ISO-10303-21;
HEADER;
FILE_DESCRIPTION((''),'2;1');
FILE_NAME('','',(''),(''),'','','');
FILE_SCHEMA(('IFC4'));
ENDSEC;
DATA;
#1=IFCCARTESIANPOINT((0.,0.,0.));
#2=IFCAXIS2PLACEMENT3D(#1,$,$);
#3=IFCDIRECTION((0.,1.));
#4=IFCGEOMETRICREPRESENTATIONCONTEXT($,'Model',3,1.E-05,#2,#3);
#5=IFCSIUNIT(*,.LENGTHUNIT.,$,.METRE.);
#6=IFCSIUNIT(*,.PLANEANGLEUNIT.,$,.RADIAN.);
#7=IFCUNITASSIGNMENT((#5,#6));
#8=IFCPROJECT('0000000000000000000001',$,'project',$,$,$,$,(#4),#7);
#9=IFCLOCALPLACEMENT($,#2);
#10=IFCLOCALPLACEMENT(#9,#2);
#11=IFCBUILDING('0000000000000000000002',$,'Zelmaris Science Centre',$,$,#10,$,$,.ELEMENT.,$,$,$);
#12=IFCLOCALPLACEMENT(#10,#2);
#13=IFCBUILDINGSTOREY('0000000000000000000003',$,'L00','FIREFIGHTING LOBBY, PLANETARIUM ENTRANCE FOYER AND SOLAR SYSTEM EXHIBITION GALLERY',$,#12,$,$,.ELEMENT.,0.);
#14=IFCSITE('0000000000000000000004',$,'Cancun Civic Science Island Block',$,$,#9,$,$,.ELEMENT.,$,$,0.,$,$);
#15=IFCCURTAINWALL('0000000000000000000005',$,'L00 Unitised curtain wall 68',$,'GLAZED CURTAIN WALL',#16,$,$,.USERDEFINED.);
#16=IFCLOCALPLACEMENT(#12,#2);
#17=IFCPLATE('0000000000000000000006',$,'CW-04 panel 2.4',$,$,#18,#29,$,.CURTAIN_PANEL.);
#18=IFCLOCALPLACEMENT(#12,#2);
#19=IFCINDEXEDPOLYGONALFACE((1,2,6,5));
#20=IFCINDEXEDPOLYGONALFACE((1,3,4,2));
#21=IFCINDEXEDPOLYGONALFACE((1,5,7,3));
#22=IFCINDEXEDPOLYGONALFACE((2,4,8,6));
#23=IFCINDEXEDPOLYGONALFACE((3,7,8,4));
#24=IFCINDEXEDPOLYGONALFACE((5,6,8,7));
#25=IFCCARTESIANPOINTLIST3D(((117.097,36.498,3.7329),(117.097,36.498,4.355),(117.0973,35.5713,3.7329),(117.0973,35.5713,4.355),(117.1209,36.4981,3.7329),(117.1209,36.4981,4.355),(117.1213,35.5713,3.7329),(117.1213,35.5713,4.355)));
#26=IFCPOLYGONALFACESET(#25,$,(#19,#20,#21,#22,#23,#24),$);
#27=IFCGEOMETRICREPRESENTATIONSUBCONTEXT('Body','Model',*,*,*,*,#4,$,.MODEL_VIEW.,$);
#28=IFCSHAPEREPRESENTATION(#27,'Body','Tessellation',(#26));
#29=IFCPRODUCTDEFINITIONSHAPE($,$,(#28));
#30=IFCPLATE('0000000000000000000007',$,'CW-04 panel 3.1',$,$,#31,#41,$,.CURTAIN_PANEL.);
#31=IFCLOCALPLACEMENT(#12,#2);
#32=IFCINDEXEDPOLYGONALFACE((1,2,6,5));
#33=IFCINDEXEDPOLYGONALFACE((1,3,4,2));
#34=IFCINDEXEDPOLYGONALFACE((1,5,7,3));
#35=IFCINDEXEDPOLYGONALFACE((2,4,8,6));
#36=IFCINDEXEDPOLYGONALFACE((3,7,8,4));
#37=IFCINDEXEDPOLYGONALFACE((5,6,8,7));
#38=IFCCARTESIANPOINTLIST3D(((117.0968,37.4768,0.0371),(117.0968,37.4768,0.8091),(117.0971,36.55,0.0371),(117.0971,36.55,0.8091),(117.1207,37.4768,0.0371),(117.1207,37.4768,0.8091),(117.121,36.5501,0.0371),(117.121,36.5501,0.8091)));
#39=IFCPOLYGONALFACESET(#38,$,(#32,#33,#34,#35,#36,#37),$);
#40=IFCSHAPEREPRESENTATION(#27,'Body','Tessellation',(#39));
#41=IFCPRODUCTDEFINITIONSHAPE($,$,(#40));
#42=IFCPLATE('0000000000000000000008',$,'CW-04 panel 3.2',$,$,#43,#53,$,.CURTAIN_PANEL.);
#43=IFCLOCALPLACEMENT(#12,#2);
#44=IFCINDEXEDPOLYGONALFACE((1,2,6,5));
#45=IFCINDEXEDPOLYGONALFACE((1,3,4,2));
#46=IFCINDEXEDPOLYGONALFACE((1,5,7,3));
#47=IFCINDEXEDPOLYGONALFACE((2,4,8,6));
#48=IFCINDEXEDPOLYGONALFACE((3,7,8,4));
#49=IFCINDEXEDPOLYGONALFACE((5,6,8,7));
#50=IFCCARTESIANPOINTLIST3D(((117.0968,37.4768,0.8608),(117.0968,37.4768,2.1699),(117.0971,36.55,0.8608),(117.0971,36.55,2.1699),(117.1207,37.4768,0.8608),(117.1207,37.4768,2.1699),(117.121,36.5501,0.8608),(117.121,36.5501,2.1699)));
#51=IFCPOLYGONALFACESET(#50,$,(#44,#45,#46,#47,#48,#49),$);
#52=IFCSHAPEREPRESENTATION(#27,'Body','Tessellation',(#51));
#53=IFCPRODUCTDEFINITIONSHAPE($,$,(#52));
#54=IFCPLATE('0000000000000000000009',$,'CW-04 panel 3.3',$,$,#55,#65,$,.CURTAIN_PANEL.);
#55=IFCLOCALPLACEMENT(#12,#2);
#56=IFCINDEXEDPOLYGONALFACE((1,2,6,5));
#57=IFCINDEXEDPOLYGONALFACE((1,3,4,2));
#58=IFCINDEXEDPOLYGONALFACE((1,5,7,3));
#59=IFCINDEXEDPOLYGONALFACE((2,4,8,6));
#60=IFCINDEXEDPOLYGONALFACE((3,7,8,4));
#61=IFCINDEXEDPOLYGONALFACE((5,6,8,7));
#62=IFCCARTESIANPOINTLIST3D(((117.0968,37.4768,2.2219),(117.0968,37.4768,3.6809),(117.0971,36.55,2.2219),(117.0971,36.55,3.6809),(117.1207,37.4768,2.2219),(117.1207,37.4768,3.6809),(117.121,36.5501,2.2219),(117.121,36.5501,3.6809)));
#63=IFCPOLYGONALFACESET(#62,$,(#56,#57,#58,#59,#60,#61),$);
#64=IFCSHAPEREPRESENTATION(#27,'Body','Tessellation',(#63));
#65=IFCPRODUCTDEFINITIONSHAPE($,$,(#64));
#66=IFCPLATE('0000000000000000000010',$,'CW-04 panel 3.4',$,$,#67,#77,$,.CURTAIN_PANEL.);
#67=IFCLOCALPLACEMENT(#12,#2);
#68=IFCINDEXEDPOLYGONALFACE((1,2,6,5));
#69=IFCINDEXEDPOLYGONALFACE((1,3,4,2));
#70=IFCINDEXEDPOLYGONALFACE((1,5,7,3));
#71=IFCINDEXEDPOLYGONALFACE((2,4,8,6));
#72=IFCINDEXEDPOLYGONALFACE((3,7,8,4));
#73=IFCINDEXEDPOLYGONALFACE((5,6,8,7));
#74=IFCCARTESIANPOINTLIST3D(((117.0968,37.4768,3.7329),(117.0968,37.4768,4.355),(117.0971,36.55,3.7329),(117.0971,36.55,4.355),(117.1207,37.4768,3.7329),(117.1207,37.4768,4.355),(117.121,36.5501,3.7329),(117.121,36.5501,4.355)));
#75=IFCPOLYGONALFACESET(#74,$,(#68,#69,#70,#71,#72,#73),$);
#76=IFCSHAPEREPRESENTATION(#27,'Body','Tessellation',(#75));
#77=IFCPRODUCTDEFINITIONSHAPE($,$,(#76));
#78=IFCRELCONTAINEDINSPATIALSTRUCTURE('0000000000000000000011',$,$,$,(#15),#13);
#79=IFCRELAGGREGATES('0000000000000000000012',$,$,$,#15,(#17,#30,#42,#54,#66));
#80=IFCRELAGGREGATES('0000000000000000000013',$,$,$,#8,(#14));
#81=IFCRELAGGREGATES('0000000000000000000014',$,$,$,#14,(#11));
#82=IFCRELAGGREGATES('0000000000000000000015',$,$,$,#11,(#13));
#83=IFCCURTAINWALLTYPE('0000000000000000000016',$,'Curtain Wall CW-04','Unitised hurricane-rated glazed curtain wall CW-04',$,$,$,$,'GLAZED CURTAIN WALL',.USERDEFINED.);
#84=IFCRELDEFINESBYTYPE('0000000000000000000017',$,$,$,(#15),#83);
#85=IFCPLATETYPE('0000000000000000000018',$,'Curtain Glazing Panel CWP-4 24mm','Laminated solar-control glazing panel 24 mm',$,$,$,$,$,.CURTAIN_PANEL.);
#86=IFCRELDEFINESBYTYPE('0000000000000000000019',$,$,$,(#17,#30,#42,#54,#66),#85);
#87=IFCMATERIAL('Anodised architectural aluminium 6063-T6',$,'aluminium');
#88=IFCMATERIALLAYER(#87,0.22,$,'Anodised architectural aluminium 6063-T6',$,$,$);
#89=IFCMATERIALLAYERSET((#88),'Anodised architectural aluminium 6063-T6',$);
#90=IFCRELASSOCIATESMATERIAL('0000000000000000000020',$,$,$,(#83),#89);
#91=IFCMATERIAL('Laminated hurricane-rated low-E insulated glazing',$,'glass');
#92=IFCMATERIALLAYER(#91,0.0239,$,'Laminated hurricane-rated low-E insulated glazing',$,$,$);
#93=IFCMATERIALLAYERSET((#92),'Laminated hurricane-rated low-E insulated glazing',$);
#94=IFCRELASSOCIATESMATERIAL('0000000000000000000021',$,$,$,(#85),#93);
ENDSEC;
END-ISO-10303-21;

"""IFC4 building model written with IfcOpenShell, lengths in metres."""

from ifc_helpers import new_model, si_unit, direction, frame, origin, origin_2d, place, context, subcontext, project, spatial, rectangle, extrude, material, layer, layer_set, type_object, element, aggregate, save


model = new_model("IFC4")

# Units and contexts
model_context = context("Model", 3, precision=1e-05, world=origin(), true_north=direction((0.0, 1.0)))
body_context = subcontext(model_context, "Body", "Model", "MODEL_VIEW")
ifc_project = project(units=[si_unit("LENGTHUNIT", "METRE"), si_unit("PLANEANGLEUNIT", "RADIAN")], contexts=[model_context])

# Site, building, storey
site_placement = place(None, origin())
site = spatial("IfcSite", under=ifc_project, at=site_placement, Name="Cancun Civic Science Island Block", CompositionType="ELEMENT", RefElevation=0.0)
building_placement = place(site_placement, origin())
building = spatial("IfcBuilding", under=site, at=building_placement, Name="Zelmaris Science Centre", CompositionType="ELEMENT")
storey_placement = place(building_placement, origin())
storey = spatial("IfcBuildingStorey", under=building, at=storey_placement, Name="L00", Description="FIREFIGHTING LOBBY, PLANETARIUM ENTRANCE FOYER AND SOLAR SYSTEM EXHIBITION GALLERY", CompositionType="ELEMENT", Elevation=0.0)

# Curtain wall
ifc_material_1 = material(Name="Anodised architectural aluminium 6063-T6", Category="aluminium")
ifc_layer_1 = layer(ifc_material_1, 0.22, Name="Anodised architectural aluminium 6063-T6")
ifc_layer_set_1 = layer_set([ifc_layer_1], Name="Anodised architectural aluminium 6063-T6")
curtain_wall_type = type_object("IfcCurtainWallType", Name="Curtain Wall CW-04", Description="Unitised hurricane-rated glazed curtain wall CW-04", ElementType="GLAZED CURTAIN WALL", PredefinedType="USERDEFINED", material=ifc_layer_set_1)
curtain_wall_placement = place(storey_placement, origin())
curtain_wall = element("IfcCurtainWall", 1, at=curtain_wall_placement, inside=storey, type_object=curtain_wall_type, Name="L00 Unitised curtain wall 68", ObjectType="GLAZED CURTAIN WALL", PredefinedType="USERDEFINED")

# Plates
ifc_material_2 = material(Name="Laminated hurricane-rated low-E insulated glazing", Category="glass")
ifc_layer_2 = layer(ifc_material_2, 0.0239, Name="Laminated hurricane-rated low-E insulated glazing")
ifc_layer_set_2 = layer_set([ifc_layer_2], Name="Laminated hurricane-rated low-E insulated glazing")
plate_type = type_object("IfcPlateType", Name="Curtain Glazing Panel CWP-4 24mm", Description="Laminated solar-control glazing panel 24 mm", PredefinedType="CURTAIN_PANEL", material=ifc_layer_set_2)
plate_1_placement = place(storey_placement, frame((117.1091, 36.0347, 3.7329), z_axis=(0.0, 0.0, 1.0), x_axis=(-0.000347, 1.0, 0.0)))
plate_1 = element("IfcPlate", 2, at=plate_1_placement, type_object=plate_type, Name="CW-04 panel 2.4", PredefinedType="CURTAIN_PANEL", context=body_context, shape_type="SweptSolid", body=[
    extrude(rectangle(XDim=0.9268, YDim=0.0239, at=origin_2d()), origin(), (0.0, 0.0, 1.0), 0.6221),
])
plate_2_placement = place(storey_placement, frame((117.1089, 37.0134, 0.0371), z_axis=(0.0, 0.0, 1.0), x_axis=(-0.000347, 1.0, 0.0)))
plate_2 = element("IfcPlate", 3, at=plate_2_placement, type_object=plate_type, Name="CW-04 panel 3.1", PredefinedType="CURTAIN_PANEL", context=body_context, shape_type="SweptSolid", body=[
    extrude(rectangle(XDim=0.9268, YDim=0.0239, at=origin_2d()), origin(), (0.0, 0.0, 1.0), 0.772),
])
plate_3_placement = place(storey_placement, frame((117.1089, 37.0134, 0.8608), z_axis=(0.0, 0.0, 1.0), x_axis=(-0.000347, 1.0, 0.0)))
plate_3 = element("IfcPlate", 4, at=plate_3_placement, type_object=plate_type, Name="CW-04 panel 3.2", PredefinedType="CURTAIN_PANEL", context=body_context, shape_type="SweptSolid", body=[
    extrude(rectangle(XDim=0.9268, YDim=0.0239, at=origin_2d()), origin(), (0.0, 0.0, 1.0), 1.3091),
])
plate_4_placement = place(storey_placement, frame((117.1089, 37.0134, 2.2219), z_axis=(0.0, 0.0, 1.0), x_axis=(-0.000347, 1.0, 0.0)))
plate_4 = element("IfcPlate", 5, at=plate_4_placement, type_object=plate_type, Name="CW-04 panel 3.3", PredefinedType="CURTAIN_PANEL", context=body_context, shape_type="SweptSolid", body=[
    extrude(rectangle(XDim=0.9268, YDim=0.0239, at=origin_2d()), origin(), (0.0, 0.0, 1.0), 1.459),
])
plate_5_placement = place(storey_placement, frame((117.1089, 37.0134, 3.7329), z_axis=(0.0, 0.0, 1.0), x_axis=(-0.000347, 1.0, 0.0)))
plate_5 = element("IfcPlate", 6, at=plate_5_placement, type_object=plate_type, Name="CW-04 panel 3.4", PredefinedType="CURTAIN_PANEL", context=body_context, shape_type="SweptSolid", body=[
    extrude(rectangle(XDim=0.9268, YDim=0.0239, at=origin_2d()), origin(), (0.0, 0.0, 1.0), 0.6221),
])
aggregate(curtain_wall, [plate_1, plate_2, plate_3, plate_4, plate_5])

save(model, "model.ifc")
